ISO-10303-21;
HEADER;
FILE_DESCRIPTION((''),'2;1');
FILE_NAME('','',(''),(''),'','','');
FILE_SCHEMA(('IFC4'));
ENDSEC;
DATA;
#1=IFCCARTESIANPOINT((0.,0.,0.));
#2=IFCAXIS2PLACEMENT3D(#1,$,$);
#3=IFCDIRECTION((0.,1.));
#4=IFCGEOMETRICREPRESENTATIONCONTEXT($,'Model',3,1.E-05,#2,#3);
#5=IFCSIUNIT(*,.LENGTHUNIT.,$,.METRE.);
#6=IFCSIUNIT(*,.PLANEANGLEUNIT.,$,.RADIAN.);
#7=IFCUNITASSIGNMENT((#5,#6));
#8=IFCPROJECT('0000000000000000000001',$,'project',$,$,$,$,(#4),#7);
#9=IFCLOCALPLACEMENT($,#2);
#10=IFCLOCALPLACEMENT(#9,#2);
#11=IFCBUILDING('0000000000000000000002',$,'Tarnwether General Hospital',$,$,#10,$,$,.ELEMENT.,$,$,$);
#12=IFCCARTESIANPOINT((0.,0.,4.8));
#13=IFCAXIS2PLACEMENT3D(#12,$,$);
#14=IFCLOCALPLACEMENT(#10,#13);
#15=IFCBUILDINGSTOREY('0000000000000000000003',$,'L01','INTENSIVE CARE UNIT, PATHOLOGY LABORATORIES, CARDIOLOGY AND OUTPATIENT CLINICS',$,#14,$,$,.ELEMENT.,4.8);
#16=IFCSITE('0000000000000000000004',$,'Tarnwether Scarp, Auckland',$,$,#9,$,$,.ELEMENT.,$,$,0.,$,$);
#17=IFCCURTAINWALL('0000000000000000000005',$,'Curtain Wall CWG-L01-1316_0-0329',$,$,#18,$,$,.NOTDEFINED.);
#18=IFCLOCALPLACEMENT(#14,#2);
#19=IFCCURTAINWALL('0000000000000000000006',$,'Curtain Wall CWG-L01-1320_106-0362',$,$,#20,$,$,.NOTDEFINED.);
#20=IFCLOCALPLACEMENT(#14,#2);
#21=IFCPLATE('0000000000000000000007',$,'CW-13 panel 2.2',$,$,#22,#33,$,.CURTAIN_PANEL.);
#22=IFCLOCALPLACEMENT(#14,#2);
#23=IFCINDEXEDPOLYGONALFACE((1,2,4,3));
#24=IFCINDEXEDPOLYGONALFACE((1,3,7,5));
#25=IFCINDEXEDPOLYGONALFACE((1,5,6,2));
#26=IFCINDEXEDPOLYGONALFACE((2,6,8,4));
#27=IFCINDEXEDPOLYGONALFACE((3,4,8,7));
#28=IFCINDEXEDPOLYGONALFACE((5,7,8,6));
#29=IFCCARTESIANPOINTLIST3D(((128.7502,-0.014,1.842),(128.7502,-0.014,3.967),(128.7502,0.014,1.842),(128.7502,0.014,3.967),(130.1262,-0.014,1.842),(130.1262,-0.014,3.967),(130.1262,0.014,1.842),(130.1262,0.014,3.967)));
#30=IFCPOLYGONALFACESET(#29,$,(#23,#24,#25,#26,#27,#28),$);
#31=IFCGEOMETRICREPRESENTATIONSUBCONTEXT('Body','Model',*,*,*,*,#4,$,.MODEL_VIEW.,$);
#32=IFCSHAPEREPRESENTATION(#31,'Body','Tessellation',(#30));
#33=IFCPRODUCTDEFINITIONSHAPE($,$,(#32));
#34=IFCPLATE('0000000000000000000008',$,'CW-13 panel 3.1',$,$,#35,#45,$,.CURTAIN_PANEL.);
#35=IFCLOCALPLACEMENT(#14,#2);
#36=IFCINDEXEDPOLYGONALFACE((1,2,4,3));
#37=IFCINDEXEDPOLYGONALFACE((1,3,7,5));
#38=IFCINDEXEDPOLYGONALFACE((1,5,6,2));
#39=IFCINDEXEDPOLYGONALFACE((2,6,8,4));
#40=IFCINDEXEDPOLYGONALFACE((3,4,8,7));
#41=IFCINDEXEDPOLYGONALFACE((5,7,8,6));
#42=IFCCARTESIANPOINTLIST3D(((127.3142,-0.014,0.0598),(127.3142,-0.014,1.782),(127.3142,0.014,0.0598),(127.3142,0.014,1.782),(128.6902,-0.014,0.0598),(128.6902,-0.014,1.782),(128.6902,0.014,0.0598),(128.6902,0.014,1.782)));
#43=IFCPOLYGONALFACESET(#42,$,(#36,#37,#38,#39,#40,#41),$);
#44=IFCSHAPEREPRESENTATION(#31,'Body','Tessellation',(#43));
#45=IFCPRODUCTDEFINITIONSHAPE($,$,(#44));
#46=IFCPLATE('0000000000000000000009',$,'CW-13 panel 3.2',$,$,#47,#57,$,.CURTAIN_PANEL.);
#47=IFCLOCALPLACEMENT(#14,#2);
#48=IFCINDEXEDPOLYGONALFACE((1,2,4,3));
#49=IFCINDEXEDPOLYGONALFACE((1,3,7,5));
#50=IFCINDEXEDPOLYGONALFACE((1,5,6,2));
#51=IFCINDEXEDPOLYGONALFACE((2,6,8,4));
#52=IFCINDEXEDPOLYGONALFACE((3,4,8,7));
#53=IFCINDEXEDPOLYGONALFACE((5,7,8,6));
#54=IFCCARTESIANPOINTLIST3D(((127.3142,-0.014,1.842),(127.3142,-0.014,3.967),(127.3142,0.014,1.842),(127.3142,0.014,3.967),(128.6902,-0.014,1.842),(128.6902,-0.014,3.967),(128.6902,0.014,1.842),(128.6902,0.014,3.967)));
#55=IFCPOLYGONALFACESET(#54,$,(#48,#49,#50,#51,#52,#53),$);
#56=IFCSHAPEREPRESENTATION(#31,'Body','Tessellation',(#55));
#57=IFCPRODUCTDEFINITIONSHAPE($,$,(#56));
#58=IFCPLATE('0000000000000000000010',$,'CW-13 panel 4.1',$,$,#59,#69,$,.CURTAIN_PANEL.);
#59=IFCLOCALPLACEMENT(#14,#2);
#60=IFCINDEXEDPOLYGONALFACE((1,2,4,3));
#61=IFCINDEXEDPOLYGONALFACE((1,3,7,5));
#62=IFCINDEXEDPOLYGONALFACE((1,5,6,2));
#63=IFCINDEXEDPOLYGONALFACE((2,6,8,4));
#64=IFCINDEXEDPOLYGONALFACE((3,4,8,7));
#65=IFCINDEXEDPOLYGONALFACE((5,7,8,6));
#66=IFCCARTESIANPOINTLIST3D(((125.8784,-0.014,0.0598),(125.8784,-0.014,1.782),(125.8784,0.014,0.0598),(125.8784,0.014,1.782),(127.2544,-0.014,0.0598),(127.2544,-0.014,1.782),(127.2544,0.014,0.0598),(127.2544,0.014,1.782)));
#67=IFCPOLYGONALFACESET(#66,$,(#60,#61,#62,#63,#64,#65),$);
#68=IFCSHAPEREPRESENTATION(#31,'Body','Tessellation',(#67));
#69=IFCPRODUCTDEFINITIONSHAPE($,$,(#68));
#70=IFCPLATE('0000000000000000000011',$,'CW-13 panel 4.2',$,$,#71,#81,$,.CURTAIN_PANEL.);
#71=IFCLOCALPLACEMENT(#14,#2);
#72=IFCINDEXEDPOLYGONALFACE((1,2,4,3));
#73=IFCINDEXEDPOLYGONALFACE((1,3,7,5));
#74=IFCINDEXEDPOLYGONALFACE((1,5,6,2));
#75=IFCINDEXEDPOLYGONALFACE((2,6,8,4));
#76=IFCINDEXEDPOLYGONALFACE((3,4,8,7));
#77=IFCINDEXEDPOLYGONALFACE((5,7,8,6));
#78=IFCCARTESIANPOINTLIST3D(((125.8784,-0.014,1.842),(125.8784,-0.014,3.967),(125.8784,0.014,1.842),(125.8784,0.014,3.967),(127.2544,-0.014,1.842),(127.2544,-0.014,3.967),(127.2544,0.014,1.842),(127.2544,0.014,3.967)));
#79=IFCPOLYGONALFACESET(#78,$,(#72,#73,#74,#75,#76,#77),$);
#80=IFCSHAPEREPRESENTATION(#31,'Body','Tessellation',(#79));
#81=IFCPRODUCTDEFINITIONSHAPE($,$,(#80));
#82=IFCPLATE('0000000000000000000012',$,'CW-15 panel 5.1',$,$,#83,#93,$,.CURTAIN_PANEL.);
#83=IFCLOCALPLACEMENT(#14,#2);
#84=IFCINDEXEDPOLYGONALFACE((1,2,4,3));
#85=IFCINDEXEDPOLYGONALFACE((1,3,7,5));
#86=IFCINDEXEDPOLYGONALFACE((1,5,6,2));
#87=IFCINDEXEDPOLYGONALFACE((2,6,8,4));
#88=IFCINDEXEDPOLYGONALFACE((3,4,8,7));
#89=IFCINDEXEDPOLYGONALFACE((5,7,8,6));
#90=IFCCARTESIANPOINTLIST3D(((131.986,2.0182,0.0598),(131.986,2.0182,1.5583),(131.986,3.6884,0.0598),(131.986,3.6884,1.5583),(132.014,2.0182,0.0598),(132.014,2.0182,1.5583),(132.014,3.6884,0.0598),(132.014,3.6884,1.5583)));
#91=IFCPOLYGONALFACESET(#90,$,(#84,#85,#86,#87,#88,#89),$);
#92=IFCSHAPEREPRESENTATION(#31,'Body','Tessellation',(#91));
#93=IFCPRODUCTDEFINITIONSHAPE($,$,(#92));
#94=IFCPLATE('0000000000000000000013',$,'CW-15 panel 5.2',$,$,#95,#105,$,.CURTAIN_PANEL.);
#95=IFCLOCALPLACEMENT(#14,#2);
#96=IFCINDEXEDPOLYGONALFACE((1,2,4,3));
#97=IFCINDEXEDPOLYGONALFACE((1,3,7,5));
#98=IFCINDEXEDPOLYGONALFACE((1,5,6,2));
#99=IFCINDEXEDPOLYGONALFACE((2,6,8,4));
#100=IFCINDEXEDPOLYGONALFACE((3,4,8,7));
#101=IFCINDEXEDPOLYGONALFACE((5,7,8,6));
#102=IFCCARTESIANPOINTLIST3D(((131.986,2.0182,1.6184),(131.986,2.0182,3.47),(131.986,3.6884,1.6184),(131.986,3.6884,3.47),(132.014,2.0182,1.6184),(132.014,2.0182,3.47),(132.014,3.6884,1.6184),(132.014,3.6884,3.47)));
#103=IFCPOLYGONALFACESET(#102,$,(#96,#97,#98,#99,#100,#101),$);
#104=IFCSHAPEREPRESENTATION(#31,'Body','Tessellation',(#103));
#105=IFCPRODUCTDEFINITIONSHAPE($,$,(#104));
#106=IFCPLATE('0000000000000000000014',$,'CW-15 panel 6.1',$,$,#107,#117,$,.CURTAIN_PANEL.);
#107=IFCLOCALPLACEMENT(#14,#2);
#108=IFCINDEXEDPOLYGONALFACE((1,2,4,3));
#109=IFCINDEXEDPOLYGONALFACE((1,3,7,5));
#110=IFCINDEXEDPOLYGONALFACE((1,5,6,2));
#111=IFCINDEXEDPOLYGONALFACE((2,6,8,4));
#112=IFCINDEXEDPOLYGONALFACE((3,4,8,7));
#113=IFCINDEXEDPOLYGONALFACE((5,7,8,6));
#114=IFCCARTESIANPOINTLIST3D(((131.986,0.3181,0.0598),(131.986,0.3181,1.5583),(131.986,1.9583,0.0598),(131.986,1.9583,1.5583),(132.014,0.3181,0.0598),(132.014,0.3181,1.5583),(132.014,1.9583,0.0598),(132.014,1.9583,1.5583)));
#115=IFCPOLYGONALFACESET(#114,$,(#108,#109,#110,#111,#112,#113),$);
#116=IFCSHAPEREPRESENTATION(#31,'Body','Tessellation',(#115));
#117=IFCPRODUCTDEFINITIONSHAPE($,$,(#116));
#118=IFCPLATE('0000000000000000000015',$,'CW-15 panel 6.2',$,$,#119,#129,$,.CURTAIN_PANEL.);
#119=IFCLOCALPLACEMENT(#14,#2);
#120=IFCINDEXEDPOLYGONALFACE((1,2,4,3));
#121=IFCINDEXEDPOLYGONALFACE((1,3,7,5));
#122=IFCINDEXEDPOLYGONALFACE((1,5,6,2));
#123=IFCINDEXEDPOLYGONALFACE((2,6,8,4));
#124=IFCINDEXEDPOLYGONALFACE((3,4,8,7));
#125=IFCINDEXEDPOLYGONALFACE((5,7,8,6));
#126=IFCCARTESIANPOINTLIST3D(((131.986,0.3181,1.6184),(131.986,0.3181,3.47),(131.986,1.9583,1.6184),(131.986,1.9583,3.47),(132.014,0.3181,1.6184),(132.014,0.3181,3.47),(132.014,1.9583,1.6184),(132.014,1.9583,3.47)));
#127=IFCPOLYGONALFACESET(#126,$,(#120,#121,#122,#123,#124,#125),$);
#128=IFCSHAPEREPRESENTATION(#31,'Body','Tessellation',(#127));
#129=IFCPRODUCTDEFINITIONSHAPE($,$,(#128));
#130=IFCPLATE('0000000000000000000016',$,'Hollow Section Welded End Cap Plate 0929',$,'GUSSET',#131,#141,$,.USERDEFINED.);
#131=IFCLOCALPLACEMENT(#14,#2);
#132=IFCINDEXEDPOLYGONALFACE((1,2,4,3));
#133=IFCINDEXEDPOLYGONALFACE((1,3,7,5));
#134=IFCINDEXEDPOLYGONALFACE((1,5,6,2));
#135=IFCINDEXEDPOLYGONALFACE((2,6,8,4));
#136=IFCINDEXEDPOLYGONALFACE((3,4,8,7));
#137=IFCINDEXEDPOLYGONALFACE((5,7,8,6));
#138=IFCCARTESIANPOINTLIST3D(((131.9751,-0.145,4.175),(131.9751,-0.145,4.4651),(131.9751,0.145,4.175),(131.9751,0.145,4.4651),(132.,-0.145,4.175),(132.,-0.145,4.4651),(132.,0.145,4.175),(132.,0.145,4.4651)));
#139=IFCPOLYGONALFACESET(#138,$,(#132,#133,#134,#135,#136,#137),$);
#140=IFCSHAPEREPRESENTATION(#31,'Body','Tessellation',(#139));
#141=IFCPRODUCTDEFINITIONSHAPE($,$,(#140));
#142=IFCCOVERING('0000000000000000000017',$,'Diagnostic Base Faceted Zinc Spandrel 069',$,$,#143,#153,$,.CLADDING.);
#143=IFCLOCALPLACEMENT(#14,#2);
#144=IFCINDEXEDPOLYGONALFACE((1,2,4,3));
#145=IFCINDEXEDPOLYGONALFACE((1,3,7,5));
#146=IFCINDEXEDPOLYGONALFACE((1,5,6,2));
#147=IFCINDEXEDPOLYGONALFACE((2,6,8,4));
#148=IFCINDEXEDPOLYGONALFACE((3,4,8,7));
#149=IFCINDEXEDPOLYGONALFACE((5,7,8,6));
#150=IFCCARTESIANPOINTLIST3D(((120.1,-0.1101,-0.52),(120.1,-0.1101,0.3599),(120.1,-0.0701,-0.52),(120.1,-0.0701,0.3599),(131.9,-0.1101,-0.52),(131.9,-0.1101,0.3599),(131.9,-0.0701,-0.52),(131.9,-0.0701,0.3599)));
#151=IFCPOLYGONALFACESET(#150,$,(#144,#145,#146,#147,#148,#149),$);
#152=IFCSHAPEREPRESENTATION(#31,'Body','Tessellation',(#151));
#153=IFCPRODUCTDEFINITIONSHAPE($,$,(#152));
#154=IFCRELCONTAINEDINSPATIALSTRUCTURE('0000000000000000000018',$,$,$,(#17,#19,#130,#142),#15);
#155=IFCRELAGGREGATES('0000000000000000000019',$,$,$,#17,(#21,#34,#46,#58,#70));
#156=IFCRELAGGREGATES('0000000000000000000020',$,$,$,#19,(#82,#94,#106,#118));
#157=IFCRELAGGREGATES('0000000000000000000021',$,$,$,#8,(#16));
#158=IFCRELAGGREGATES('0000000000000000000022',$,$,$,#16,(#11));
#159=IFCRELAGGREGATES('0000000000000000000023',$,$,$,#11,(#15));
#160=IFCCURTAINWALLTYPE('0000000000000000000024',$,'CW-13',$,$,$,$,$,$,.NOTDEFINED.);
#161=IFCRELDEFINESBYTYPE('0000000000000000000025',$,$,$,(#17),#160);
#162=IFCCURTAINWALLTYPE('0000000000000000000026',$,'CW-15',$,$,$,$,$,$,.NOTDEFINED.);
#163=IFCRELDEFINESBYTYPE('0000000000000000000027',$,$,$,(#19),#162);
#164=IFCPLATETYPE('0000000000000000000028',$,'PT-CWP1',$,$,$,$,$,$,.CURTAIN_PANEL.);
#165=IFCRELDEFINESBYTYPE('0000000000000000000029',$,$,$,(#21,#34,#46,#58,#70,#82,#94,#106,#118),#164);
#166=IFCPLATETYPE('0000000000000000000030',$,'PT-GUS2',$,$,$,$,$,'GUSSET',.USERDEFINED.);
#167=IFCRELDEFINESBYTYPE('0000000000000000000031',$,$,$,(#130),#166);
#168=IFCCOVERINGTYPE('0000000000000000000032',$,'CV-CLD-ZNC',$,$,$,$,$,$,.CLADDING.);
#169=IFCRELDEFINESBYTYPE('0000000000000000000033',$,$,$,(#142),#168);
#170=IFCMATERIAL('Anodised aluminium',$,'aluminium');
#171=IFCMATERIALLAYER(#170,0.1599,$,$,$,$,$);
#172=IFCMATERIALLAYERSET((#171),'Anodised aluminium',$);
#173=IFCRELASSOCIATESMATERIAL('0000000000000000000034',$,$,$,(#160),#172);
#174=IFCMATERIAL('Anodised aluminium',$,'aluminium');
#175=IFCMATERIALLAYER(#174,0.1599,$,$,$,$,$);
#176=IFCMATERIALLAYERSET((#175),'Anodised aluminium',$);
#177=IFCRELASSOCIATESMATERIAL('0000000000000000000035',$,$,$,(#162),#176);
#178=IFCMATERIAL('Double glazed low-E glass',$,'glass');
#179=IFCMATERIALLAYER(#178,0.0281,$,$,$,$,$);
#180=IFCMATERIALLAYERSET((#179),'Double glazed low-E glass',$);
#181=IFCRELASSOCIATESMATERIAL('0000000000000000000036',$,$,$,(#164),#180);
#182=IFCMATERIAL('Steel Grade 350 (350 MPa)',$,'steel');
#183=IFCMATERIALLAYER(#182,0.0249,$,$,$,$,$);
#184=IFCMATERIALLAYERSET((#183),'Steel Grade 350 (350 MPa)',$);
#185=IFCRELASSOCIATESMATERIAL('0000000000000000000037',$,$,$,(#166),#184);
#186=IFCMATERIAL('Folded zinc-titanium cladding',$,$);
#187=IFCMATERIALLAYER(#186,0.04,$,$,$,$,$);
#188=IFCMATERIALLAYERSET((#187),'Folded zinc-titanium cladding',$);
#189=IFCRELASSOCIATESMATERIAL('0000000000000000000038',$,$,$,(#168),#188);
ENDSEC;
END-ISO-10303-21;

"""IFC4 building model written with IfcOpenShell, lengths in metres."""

from ifc_helpers import new_model, si_unit, direction, frame, origin, origin_2d, place, context, subcontext, project, spatial, rectangle, extrude, material, layer, layer_set, type_object, element, aggregate, save


model = new_model("IFC4")

# Units and contexts
model_context = context("Model", 3, precision=1e-05, world=origin(), true_north=direction((0.0, 1.0)))
body_context = subcontext(model_context, "Body", "Model", "MODEL_VIEW")
ifc_project = project(units=[si_unit("LENGTHUNIT", "METRE"), si_unit("PLANEANGLEUNIT", "RADIAN")], contexts=[model_context])

# Site, building, storey
site_placement = place(None, origin())
site = spatial("IfcSite", under=ifc_project, at=site_placement, Name="Tarnwether Scarp, Auckland", CompositionType="ELEMENT", RefElevation=0.0)
building_placement = place(site_placement, origin())
building = spatial("IfcBuilding", under=site, at=building_placement, Name="Tarnwether General Hospital", CompositionType="ELEMENT")
storey_placement = place(building_placement, frame((0.0, 0.0, 4.8)))
storey = spatial("IfcBuildingStorey", under=building, at=storey_placement, Name="L01", Description="INTENSIVE CARE UNIT, PATHOLOGY LABORATORIES, CARDIOLOGY AND OUTPATIENT CLINICS", CompositionType="ELEMENT", Elevation=4.8)

# Curtain walls
ifc_material_1 = material(Name="Anodised aluminium", Category="aluminium")
ifc_layer_1 = layer(ifc_material_1, 0.1599)
ifc_layer_set_1 = layer_set([ifc_layer_1], Name="Anodised aluminium")
curtain_wall_type_1 = type_object("IfcCurtainWallType", Name="CW-13", PredefinedType="NOTDEFINED", material=ifc_layer_set_1)
curtain_wall_1_placement = place(storey_placement, origin())
curtain_wall_1 = element("IfcCurtainWall", 1, at=curtain_wall_1_placement, inside=storey, type_object=curtain_wall_type_1, Name="Curtain Wall CWG-L01-1316_0-0329", PredefinedType="NOTDEFINED")
ifc_material_2 = material(Name="Anodised aluminium", Category="aluminium")
ifc_layer_2 = layer(ifc_material_2, 0.1599)
ifc_layer_set_2 = layer_set([ifc_layer_2], Name="Anodised aluminium")
curtain_wall_type_2 = type_object("IfcCurtainWallType", Name="CW-15", PredefinedType="NOTDEFINED", material=ifc_layer_set_2)
curtain_wall_2_placement = place(storey_placement, origin())
curtain_wall_2 = element("IfcCurtainWall", 2, at=curtain_wall_2_placement, inside=storey, type_object=curtain_wall_type_2, Name="Curtain Wall CWG-L01-1320_106-0362", PredefinedType="NOTDEFINED")

# Plates
ifc_material_3 = material(Name="Double glazed low-E glass", Category="glass")
ifc_layer_3 = layer(ifc_material_3, 0.0281)
ifc_layer_set_3 = layer_set([ifc_layer_3], Name="Double glazed low-E glass")
plate_type_1 = type_object("IfcPlateType", Name="PT-CWP1", PredefinedType="CURTAIN_PANEL", material=ifc_layer_set_3)
plate_1_placement = place(storey_placement, frame((129.4382, 0.0, 1.842), z_axis=(0.0, 0.0, 1.0), x_axis=(-1.0, 0.0, 0.0)))
plate_1 = element("IfcPlate", 3, at=plate_1_placement, type_object=plate_type_1, Name="CW-13 panel 2.2", PredefinedType="CURTAIN_PANEL", context=body_context, shape_type="SweptSolid", body=[
    extrude(rectangle(XDim=1.376, YDim=0.0281, at=origin_2d()), origin(), (0.0, 0.0, 1.0), 2.125),
])
plate_2_placement = place(storey_placement, frame((128.0022, 0.0, 0.0598), z_axis=(0.0, 0.0, 1.0), x_axis=(-1.0, 0.0, 0.0)))
plate_2 = element("IfcPlate", 4, at=plate_2_placement, type_object=plate_type_1, Name="CW-13 panel 3.1", PredefinedType="CURTAIN_PANEL", context=body_context, shape_type="SweptSolid", body=[
    extrude(rectangle(XDim=1.376, YDim=0.0281, at=origin_2d()), origin(), (0.0, 0.0, 1.0), 1.7222),
])
plate_3_placement = place(storey_placement, frame((128.0022, 0.0, 1.842), z_axis=(0.0, 0.0, 1.0), x_axis=(-1.0, 0.0, 0.0)))
plate_3 = element("IfcPlate", 5, at=plate_3_placement, type_object=plate_type_1, Name="CW-13 panel 3.2", PredefinedType="CURTAIN_PANEL", context=body_context, shape_type="SweptSolid", body=[
    extrude(rectangle(XDim=1.376, YDim=0.0281, at=origin_2d()), origin(), (0.0, 0.0, 1.0), 2.125),
])
plate_4_placement = place(storey_placement, frame((126.5664, 0.0, 0.0598), z_axis=(0.0, 0.0, 1.0), x_axis=(-1.0, 0.0, 0.0)))
plate_4 = element("IfcPlate", 6, at=plate_4_placement, type_object=plate_type_1, Name="CW-13 panel 4.1", PredefinedType="CURTAIN_PANEL", context=body_context, shape_type="SweptSolid", body=[
    extrude(rectangle(XDim=1.376, YDim=0.0281, at=origin_2d()), origin(), (0.0, 0.0, 1.0), 1.7222),
])
plate_5_placement = place(storey_placement, frame((126.5664, 0.0, 1.842), z_axis=(0.0, 0.0, 1.0), x_axis=(-1.0, 0.0, 0.0)))
plate_5 = element("IfcPlate", 7, at=plate_5_placement, type_object=plate_type_1, Name="CW-13 panel 4.2", PredefinedType="CURTAIN_PANEL", context=body_context, shape_type="SweptSolid", body=[
    extrude(rectangle(XDim=1.376, YDim=0.0281, at=origin_2d()), origin(), (0.0, 0.0, 1.0), 2.125),
])
aggregate(curtain_wall_1, [plate_1, plate_2, plate_3, plate_4, plate_5])
plate_6_placement = place(storey_placement, frame((132.0, 2.8533, 0.0598), z_axis=(0.0, 0.0, 1.0), x_axis=(0.0, -1.0, 0.0)))
plate_6 = element("IfcPlate", 8, at=plate_6_placement, type_object=plate_type_1, Name="CW-15 panel 5.1", PredefinedType="CURTAIN_PANEL", context=body_context, shape_type="SweptSolid", body=[
    extrude(rectangle(XDim=1.6702, YDim=0.0281, at=origin_2d()), origin(), (0.0, 0.0, 1.0), 1.4985),
])
plate_7_placement = place(storey_placement, frame((132.0, 2.8533, 1.6184), z_axis=(0.0, 0.0, 1.0), x_axis=(0.0, -1.0, 0.0)))
plate_7 = element("IfcPlate", 9, at=plate_7_placement, type_object=plate_type_1, Name="CW-15 panel 5.2", PredefinedType="CURTAIN_PANEL", context=body_context, shape_type="SweptSolid", body=[
    extrude(rectangle(XDim=1.6702, YDim=0.0281, at=origin_2d()), origin(), (0.0, 0.0, 1.0), 1.8516),
])
plate_8_placement = place(storey_placement, frame((132.0, 1.1382, 0.0598), z_axis=(0.0, 0.0, 1.0), x_axis=(0.0, -1.0, 0.0)))
plate_8 = element("IfcPlate", 10, at=plate_8_placement, type_object=plate_type_1, Name="CW-15 panel 6.1", PredefinedType="CURTAIN_PANEL", context=body_context, shape_type="SweptSolid", body=[
    extrude(rectangle(XDim=1.6401, YDim=0.0281, at=origin_2d()), origin(), (0.0, 0.0, 1.0), 1.4985),
])
plate_9_placement = place(storey_placement, frame((132.0, 1.1382, 1.6184), z_axis=(0.0, 0.0, 1.0), x_axis=(0.0, -1.0, 0.0)))
plate_9 = element("IfcPlate", 11, at=plate_9_placement, type_object=plate_type_1, Name="CW-15 panel 6.2", PredefinedType="CURTAIN_PANEL", context=body_context, shape_type="SweptSolid", body=[
    extrude(rectangle(XDim=1.6401, YDim=0.0281, at=origin_2d()), origin(), (0.0, 0.0, 1.0), 1.8516),
])
aggregate(curtain_wall_2, [plate_6, plate_7, plate_8, plate_9])
ifc_material_4 = material(Name="Steel Grade 350 (350 MPa)", Category="steel")
ifc_layer_4 = layer(ifc_material_4, 0.0249)
ifc_layer_set_4 = layer_set([ifc_layer_4], Name="Steel Grade 350 (350 MPa)")
plate_type_2 = type_object("IfcPlateType", Name="PT-GUS2", ElementType="GUSSET", PredefinedType="USERDEFINED", material=ifc_layer_set_4)
plate_10_placement = place(storey_placement, frame((131.9875, 0.0, 4.175), z_axis=(0.0, 0.0, 1.0), x_axis=(1.0, 0.0, 0.0)))
element("IfcPlate", 12, at=plate_10_placement, inside=storey, type_object=plate_type_2, Name="Hollow Section Welded End Cap Plate 0929", ObjectType="GUSSET", PredefinedType="USERDEFINED", context=body_context, shape_type="SweptSolid", body=[
    extrude(rectangle(XDim=0.0249, YDim=0.29, at=origin_2d()), origin(), (0.0, 0.0, 1.0), 0.29),
])

# Covering
ifc_material_5 = material(Name="Folded zinc-titanium cladding")
ifc_layer_5 = layer(ifc_material_5, 0.04)
ifc_layer_set_5 = layer_set([ifc_layer_5], Name="Folded zinc-titanium cladding")
covering_type = type_object("IfcCoveringType", Name="CV-CLD-ZNC", PredefinedType="CLADDING", material=ifc_layer_set_5)
covering_placement = place(storey_placement, frame((126.0, -0.0901, -0.52), z_axis=(0.0, 0.0, 1.0), x_axis=(1.0, 0.0, 0.0)))
element("IfcCovering", 13, at=covering_placement, inside=storey, type_object=covering_type, Name="Diagnostic Base Faceted Zinc Spandrel 069", PredefinedType="CLADDING", context=body_context, shape_type="SweptSolid", body=[
    extrude(rectangle(XDim=11.8, YDim=0.04, at=origin_2d()), origin(), (0.0, 0.0, 1.0), 0.8799),
])

save(model, "model.ifc")
